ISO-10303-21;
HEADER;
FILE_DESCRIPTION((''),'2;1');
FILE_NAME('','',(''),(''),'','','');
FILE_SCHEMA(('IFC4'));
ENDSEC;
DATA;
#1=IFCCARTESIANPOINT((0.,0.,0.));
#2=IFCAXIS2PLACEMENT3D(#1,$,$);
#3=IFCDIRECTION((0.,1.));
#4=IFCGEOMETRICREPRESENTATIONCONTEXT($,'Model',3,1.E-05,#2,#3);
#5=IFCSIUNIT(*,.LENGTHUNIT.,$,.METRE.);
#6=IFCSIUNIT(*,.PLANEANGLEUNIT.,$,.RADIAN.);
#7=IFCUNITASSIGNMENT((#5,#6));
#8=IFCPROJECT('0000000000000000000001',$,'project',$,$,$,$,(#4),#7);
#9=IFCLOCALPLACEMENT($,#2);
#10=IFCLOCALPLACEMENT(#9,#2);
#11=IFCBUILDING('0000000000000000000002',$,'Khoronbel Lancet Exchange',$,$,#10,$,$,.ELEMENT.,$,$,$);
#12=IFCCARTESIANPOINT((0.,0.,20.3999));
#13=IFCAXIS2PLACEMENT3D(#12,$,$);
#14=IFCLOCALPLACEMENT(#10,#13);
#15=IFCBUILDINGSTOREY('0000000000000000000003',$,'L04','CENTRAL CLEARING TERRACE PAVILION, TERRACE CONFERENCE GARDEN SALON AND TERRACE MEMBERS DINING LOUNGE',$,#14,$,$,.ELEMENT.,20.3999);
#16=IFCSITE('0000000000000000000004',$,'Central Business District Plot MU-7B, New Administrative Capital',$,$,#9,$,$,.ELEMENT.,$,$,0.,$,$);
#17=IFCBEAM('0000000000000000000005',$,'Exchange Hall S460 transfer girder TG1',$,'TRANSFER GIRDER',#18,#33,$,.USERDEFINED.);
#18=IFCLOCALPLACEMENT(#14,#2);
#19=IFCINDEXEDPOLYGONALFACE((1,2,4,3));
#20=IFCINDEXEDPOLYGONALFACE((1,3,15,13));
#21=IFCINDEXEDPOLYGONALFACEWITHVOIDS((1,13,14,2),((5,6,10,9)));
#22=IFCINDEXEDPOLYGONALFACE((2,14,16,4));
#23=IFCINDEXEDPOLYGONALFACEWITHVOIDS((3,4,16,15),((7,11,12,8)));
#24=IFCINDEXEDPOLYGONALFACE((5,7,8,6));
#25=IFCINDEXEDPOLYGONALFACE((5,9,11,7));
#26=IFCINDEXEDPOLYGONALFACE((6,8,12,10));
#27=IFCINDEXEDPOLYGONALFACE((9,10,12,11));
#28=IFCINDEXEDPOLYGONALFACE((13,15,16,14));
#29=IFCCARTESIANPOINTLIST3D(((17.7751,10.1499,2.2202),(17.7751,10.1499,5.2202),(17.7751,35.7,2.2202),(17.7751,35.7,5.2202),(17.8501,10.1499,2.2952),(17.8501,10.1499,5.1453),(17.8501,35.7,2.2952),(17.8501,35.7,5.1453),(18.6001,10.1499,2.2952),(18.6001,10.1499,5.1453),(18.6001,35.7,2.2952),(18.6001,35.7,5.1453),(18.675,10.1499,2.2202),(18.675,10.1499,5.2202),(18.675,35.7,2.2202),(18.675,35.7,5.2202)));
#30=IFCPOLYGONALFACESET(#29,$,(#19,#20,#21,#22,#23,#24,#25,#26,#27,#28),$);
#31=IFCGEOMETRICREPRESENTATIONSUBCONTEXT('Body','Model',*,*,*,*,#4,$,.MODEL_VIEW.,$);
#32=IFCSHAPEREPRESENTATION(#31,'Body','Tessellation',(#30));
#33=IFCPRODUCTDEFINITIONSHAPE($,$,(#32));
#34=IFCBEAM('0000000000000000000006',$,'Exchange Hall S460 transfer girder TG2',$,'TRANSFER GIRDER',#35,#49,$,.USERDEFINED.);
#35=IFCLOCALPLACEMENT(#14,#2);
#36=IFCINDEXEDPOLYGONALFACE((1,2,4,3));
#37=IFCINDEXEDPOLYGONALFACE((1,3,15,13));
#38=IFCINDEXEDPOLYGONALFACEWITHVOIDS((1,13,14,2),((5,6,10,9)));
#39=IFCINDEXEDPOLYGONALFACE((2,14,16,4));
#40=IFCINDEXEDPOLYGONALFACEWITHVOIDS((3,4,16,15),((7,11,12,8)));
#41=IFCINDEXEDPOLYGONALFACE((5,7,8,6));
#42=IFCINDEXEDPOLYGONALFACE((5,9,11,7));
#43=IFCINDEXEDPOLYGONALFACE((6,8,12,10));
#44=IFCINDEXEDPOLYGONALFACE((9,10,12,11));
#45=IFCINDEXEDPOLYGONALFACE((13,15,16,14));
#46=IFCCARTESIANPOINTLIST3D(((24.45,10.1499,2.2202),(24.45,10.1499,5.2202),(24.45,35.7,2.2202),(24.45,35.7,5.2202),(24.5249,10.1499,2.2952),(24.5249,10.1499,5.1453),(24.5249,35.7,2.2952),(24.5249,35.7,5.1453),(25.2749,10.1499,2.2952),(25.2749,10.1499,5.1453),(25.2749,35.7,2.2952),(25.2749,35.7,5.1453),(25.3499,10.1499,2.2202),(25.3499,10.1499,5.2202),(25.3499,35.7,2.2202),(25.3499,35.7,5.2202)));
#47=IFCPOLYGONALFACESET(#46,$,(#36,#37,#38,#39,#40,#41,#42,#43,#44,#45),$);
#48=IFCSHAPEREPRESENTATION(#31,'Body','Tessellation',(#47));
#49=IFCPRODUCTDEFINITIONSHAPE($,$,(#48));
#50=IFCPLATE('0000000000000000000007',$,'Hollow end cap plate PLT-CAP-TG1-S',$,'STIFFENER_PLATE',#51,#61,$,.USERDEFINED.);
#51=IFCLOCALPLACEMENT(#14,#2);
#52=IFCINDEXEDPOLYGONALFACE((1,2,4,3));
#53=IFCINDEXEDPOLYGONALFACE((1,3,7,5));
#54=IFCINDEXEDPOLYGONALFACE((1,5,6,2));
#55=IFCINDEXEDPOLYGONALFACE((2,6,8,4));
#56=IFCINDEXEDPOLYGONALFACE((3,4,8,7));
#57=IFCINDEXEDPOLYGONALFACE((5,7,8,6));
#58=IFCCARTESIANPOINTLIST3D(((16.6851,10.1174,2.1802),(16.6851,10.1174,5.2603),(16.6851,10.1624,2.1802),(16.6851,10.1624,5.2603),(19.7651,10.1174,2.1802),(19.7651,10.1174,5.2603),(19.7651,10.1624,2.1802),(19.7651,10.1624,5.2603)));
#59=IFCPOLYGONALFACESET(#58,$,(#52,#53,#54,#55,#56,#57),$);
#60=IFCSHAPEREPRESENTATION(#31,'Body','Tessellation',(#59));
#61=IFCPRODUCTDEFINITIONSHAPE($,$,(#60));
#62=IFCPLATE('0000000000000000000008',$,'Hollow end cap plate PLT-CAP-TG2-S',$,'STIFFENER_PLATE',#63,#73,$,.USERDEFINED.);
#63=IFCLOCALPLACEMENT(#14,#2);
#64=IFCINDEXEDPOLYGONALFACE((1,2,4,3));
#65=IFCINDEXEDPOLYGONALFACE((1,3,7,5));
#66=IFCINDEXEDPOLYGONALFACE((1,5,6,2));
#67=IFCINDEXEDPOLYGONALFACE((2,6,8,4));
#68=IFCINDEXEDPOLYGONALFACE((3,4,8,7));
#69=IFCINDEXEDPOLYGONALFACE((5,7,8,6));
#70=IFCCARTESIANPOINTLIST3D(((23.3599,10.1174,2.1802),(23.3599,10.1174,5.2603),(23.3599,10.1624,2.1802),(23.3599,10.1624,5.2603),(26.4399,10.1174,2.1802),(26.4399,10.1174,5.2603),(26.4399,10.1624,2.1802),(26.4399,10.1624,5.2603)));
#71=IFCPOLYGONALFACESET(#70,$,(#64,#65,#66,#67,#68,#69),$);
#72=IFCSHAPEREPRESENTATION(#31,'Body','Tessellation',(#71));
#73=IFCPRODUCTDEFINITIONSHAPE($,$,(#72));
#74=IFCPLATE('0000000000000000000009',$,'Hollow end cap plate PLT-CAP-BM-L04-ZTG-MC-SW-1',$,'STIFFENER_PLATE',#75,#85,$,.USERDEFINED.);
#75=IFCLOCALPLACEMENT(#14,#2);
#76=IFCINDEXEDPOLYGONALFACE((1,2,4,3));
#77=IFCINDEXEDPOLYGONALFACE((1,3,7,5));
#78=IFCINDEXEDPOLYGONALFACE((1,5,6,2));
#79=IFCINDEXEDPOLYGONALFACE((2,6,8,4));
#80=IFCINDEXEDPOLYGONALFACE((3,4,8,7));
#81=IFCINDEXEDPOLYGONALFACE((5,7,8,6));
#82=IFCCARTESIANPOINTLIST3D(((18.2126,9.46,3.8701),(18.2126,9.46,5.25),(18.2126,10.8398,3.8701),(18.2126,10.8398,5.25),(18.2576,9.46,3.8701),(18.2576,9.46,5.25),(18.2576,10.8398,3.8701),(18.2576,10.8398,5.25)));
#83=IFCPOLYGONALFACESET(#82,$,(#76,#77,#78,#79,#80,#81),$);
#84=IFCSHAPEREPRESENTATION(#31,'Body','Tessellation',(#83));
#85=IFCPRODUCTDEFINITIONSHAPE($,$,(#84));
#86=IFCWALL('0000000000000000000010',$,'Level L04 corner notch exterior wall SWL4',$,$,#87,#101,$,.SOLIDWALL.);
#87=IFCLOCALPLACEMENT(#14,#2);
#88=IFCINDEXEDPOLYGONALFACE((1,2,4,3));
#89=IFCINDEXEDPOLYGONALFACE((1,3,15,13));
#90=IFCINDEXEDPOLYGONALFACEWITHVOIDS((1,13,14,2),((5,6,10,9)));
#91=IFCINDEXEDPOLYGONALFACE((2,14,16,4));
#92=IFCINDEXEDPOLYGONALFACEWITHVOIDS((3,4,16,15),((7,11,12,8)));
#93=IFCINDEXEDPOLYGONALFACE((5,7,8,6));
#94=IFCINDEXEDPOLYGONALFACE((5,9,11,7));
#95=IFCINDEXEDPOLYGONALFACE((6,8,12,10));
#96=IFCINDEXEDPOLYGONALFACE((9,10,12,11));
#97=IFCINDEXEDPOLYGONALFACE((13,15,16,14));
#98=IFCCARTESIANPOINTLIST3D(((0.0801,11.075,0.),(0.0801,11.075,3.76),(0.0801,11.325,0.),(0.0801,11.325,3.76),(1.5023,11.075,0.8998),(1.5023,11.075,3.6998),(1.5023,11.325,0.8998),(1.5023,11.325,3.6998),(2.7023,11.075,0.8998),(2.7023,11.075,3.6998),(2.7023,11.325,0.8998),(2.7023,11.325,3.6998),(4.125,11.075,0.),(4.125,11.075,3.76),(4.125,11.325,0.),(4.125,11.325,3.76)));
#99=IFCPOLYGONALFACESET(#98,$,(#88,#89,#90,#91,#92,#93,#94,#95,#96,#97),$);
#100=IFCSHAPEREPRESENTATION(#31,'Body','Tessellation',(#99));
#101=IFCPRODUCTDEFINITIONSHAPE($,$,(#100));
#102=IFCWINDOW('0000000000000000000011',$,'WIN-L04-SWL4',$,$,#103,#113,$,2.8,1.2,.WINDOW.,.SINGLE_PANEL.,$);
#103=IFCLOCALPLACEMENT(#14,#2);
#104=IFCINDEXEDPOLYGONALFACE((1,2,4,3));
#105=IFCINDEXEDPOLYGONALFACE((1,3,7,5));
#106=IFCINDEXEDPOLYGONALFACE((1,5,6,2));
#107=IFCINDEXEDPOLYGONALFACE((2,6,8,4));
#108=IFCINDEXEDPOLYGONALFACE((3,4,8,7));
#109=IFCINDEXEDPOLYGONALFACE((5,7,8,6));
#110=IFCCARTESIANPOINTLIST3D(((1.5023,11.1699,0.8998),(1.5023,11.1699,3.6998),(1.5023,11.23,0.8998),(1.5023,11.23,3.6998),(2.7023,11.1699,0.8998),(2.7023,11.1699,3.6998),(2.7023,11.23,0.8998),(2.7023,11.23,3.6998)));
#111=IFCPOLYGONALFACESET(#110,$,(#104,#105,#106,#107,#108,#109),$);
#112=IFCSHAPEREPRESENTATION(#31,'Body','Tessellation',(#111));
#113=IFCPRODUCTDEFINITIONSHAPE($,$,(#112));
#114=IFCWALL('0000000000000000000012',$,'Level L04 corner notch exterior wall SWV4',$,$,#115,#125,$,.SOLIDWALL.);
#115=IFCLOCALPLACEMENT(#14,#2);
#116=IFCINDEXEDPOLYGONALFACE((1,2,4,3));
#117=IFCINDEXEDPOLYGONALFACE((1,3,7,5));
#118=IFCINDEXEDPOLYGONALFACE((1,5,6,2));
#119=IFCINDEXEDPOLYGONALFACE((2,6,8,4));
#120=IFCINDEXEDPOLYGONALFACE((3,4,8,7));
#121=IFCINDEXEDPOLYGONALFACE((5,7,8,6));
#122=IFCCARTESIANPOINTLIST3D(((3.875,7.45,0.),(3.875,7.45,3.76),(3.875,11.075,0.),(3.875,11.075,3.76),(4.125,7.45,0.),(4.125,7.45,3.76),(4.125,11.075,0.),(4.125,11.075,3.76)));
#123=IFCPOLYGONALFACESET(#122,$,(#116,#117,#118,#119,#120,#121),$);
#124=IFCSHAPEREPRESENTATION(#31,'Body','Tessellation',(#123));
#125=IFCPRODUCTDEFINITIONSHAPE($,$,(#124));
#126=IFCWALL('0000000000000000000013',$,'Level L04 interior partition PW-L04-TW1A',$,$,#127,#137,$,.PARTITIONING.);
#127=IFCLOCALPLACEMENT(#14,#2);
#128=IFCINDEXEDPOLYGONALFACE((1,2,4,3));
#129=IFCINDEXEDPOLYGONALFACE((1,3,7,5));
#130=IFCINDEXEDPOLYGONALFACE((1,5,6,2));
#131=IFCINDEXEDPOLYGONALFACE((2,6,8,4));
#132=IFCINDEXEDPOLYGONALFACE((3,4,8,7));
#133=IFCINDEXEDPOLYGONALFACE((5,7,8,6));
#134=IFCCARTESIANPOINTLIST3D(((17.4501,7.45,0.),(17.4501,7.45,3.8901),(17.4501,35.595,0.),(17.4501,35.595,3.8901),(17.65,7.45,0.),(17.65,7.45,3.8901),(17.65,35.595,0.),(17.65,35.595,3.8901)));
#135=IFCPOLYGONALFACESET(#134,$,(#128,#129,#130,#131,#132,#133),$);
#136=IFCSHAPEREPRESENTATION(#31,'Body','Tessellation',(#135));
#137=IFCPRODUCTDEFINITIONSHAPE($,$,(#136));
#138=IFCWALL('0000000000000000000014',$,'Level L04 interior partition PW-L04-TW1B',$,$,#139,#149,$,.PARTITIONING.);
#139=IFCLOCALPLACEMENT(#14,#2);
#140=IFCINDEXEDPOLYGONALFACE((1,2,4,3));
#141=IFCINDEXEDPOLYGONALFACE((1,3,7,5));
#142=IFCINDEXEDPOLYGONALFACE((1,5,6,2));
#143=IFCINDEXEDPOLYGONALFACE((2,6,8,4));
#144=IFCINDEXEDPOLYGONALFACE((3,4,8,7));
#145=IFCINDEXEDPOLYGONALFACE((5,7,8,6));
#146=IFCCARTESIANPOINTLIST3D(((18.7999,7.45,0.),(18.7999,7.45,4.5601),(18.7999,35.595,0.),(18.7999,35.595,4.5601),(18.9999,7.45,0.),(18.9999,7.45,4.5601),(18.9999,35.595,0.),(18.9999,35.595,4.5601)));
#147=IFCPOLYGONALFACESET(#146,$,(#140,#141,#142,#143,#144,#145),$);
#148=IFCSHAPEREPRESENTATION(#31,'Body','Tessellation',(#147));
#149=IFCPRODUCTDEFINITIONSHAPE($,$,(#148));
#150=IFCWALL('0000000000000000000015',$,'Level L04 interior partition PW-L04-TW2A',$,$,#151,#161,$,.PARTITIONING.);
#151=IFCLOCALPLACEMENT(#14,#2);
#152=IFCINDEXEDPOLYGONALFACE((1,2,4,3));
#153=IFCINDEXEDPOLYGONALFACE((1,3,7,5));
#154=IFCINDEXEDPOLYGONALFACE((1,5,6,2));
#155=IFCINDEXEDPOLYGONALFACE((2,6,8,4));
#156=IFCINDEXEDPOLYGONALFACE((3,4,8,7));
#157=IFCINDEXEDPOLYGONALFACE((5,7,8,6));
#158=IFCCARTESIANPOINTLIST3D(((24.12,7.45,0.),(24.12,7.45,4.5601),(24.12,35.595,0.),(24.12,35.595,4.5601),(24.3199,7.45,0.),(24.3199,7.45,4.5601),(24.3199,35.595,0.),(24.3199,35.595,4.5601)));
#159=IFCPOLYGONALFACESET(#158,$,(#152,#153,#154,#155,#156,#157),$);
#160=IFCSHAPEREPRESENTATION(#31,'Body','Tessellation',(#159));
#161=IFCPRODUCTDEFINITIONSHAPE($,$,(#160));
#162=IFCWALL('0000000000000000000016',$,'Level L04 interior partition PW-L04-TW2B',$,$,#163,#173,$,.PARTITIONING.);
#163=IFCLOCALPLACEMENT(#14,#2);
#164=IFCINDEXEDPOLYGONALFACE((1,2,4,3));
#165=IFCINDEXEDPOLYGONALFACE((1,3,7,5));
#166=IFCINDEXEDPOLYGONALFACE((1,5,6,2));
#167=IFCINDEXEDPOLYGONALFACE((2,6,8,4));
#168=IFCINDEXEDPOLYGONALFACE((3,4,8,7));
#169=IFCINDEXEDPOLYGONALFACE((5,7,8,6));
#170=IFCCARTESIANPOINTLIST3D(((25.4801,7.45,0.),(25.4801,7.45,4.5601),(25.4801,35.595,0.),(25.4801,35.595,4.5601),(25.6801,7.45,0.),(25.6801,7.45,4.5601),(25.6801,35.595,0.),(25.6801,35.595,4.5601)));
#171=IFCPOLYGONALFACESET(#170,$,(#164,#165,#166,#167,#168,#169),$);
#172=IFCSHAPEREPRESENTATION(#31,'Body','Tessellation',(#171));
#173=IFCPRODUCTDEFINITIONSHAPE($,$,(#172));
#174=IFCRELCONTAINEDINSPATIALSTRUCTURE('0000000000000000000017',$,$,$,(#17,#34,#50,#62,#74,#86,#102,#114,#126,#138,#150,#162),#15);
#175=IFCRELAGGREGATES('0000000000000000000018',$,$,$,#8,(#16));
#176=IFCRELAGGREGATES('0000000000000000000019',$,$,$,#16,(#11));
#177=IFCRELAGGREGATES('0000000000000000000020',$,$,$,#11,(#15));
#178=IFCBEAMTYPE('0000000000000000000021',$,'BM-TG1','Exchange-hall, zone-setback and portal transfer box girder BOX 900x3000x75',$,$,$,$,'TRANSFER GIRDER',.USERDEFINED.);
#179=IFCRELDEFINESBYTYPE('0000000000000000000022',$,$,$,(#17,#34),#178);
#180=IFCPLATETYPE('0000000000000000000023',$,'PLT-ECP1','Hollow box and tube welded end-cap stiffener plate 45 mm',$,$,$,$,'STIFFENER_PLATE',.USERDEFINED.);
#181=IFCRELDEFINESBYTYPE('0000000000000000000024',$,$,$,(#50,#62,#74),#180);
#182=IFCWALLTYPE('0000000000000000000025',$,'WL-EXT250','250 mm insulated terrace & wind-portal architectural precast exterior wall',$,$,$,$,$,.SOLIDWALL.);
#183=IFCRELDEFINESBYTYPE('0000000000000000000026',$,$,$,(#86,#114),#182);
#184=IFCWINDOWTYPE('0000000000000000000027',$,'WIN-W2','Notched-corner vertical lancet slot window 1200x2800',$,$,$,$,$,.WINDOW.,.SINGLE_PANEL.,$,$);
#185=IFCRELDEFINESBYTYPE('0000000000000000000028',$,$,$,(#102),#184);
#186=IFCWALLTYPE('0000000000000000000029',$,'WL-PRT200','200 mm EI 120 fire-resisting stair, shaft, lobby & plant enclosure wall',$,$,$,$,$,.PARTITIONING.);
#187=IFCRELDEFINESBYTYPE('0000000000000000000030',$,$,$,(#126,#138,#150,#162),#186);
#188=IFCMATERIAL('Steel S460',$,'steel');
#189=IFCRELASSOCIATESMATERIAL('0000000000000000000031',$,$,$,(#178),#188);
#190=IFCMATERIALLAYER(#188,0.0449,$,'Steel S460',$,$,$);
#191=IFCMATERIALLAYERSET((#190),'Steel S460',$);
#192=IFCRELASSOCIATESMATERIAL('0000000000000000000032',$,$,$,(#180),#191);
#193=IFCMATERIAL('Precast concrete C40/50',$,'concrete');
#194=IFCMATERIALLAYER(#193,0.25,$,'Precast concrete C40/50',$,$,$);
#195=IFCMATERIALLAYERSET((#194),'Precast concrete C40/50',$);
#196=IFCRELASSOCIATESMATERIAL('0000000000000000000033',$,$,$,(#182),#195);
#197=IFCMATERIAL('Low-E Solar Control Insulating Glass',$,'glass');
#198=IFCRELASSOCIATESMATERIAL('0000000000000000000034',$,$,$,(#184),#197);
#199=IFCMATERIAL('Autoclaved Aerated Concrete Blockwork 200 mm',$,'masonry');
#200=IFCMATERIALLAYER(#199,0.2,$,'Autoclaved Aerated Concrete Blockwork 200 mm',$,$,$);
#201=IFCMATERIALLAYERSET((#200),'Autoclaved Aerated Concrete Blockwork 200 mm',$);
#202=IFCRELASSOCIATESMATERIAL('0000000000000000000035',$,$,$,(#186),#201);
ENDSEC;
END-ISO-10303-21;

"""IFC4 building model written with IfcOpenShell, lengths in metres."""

from ifc_helpers import new_model, si_unit, direction, frame, frame_2d, origin, origin_2d, place, context, subcontext, project, spatial, rectangle, hollow_rectangle, extrude, material, layer, layer_set, material_profile, profile_set, type_object, element, fill, save


model = new_model("IFC4")

# Units and contexts
model_context = context("Model", 3, precision=1e-05, world=origin(), true_north=direction((0.0, 1.0)))
body_context = subcontext(model_context, "Body", "Model", "MODEL_VIEW")
ifc_project = project(units=[si_unit("LENGTHUNIT", "METRE"), si_unit("PLANEANGLEUNIT", "RADIAN")], contexts=[model_context])

# Site, building, storey
site_placement = place(None, origin())
site = spatial("IfcSite", under=ifc_project, at=site_placement, Name="Central Business District Plot MU-7B, New Administrative Capital", CompositionType="ELEMENT", RefElevation=0.0)
building_placement = place(site_placement, origin())
building = spatial("IfcBuilding", under=site, at=building_placement, Name="Khoronbel Lancet Exchange", CompositionType="ELEMENT")
storey_placement = place(building_placement, frame((0.0, 0.0, 20.3999)))
storey = spatial("IfcBuildingStorey", under=building, at=storey_placement, Name="L04", Description="CENTRAL CLEARING TERRACE PAVILION, TERRACE CONFERENCE GARDEN SALON AND TERRACE MEMBERS DINING LOUNGE", CompositionType="ELEMENT", Elevation=20.3999)

# Shared definitions
ifc_material_1 = material(Name="Steel S460", Category="steel")

# Beams
ifc_material_profile_1 = material_profile(ifc_material_1, hollow_rectangle(XDim=0.8999, YDim=3.0, WallThickness=0.075, at=origin_2d()), Name="BOX 900x3000x75")
ifc_profile_set_1 = profile_set([ifc_material_profile_1], Name="Steel S460")
beam_type_1 = type_object("IfcBeamType", Name="BM-TG1", Description="Exchange-hall, zone-setback and portal transfer box girder BOX 900x3000x75", ElementType="TRANSFER GIRDER", PredefinedType="USERDEFINED", material=ifc_profile_set_1)
for number, where, z_axis, x_axis, name in (
    (1, (18.2251, 10.1499, 3.7202), (0.0, 1.0, 0.0), (-1.0, 0.0, 0.0), "Exchange Hall S460 transfer girder TG1"),
    (2, (24.8999, 10.1499, 3.7202), (0.0, 1.0, 0.0), (-1.0, 0.0, 0.0), "Exchange Hall S460 transfer girder TG2"),
):
    element("IfcBeam", number, at=place(storey_placement, frame(where, z_axis=z_axis, x_axis=x_axis)), inside=storey, type_object=beam_type_1, Name=name, ObjectType="TRANSFER GIRDER", PredefinedType="USERDEFINED", context=body_context, shape_type="SweptSolid", body=[
        extrude(hollow_rectangle(XDim=0.8999, YDim=3.0, WallThickness=0.075, at=origin_2d()), origin(), (0.0, 0.0, 1.0), 25.55),
    ])

# Plates
ifc_layer_1 = layer(ifc_material_1, 0.0449, Name="Steel S460")
ifc_layer_set_1 = layer_set([ifc_layer_1], Name="Steel S460")
plate_type = type_object("IfcPlateType", Name="PLT-ECP1", Description="Hollow box and tube welded end-cap stiffener plate 45 mm", ElementType="STIFFENER_PLATE", PredefinedType="USERDEFINED", material=ifc_layer_set_1)
for number, where, z_axis, x_axis, name in (
    (3, (18.2251, 10.1399, 2.1802), (0.0, 0.0, 1.0), (0.0, -1.0, 0.0), "Hollow end cap plate PLT-CAP-TG1-S"),
    (4, (24.8999, 10.1399, 2.1802), (0.0, 0.0, 1.0), (0.0, -1.0, 0.0), "Hollow end cap plate PLT-CAP-TG2-S"),
):
    element("IfcPlate", number, at=place(storey_placement, frame(where, z_axis=z_axis, x_axis=x_axis)), inside=storey, type_object=plate_type, Name=name, ObjectType="STIFFENER_PLATE", PredefinedType="USERDEFINED", context=body_context, shape_type="SweptSolid", body=[
        extrude(rectangle(XDim=0.0449, YDim=3.0801, at=origin_2d()), origin(), (0.0, 0.0, 1.0), 3.0801),
    ])
plate_placement = place(storey_placement, frame((18.2351, 10.1499, 3.8701), z_axis=(0.0, 0.0, 1.0), x_axis=(1.0, 0.0, 0.0)))
element("IfcPlate", 5, at=plate_placement, inside=storey, type_object=plate_type, Name="Hollow end cap plate PLT-CAP-BM-L04-ZTG-MC-SW-1", ObjectType="STIFFENER_PLATE", PredefinedType="USERDEFINED", context=body_context, shape_type="SweptSolid", body=[
    extrude(rectangle(XDim=0.0449, YDim=1.3799, at=origin_2d()), origin(), (0.0, 0.0, 1.0), 1.3799),
])

# Wall, opening, window
ifc_material_2 = material(Name="Precast concrete C40/50", Category="concrete")
ifc_layer_2 = layer(ifc_material_2, 0.25, Name="Precast concrete C40/50")
ifc_layer_set_2 = layer_set([ifc_layer_2], Name="Precast concrete C40/50")
wall_type_1 = type_object("IfcWallType", Name="WL-EXT250", Description="250 mm insulated terrace & wind-portal architectural precast exterior wall", PredefinedType="SOLIDWALL", material=ifc_layer_set_2)
wall_1_placement = place(storey_placement, frame((4.125, 11.2, 0.0), z_axis=(0.0, 0.0, 1.0), x_axis=(-1.0, 0.0, 0.0)))
wall_1 = element("IfcWall", 6, at=wall_1_placement, inside=storey, type_object=wall_type_1, Name="Level L04 corner notch exterior wall SWL4", PredefinedType="SOLIDWALL", context=body_context, shape_type="SweptSolid", body=[
    extrude(rectangle(XDim=4.0449, YDim=0.25, at=frame_2d((2.0225, 0.0))), origin(), (0.0, 0.0, 1.0), 3.76),
])
opening_placement = place(wall_1_placement, frame((1.4226, 0.0, 0.8999)))
opening = element("IfcOpeningElement", 7, at=opening_placement, cuts=wall_1, PredefinedType="OPENING", context=body_context, shape_type="SweptSolid", body=[
    extrude(rectangle(XDim=1.2, YDim=2.8, at=frame_2d((0.6001, 1.3999))), frame((0.0, 0.135, 0.0), z_axis=(0.0, -1.0, 0.0), x_axis=(1.0, 0.0, 0.0)), (0.0, 0.0, 1.0), 0.27),
])
ifc_material_3 = material(Name="Low-E Solar Control Insulating Glass", Category="glass")
window_type = type_object("IfcWindowType", Name="WIN-W2", Description="Notched-corner vertical lancet slot window 1200x2800", PartitioningType="SINGLE_PANEL", PredefinedType="WINDOW", material=ifc_material_3)
window_placement = place(opening_placement, origin())
window = element("IfcWindow", 8, at=window_placement, inside=storey, type_object=window_type, Name="WIN-L04-SWL4", OverallHeight=2.8, OverallWidth=1.2, PartitioningType="SINGLE_PANEL", PredefinedType="WINDOW", context=body_context, shape_type="SweptSolid", body=[
    extrude(rectangle(XDim=1.2, YDim=2.8, at=frame_2d((0.6001, 1.3999))), frame((0.0, 0.03, 0.0), z_axis=(0.0, -1.0, 0.0), x_axis=(1.0, 0.0, 0.0)), (0.0, 0.0, 1.0), 0.0601),
])
fill(opening, window)

# Walls
wall_2_placement = place(storey_placement, frame((4.0, 7.45, 0.0), z_axis=(0.0, 0.0, 1.0), x_axis=(0.0, 1.0, 0.0)))
element("IfcWall", 9, at=wall_2_placement, inside=storey, type_object=wall_type_1, Name="Level L04 corner notch exterior wall SWV4", PredefinedType="SOLIDWALL", context=body_context, shape_type="SweptSolid", body=[
    extrude(rectangle(XDim=3.625, YDim=0.25, at=frame_2d((1.8125, 0.0))), origin(), (0.0, 0.0, 1.0), 3.76),
])
ifc_material_4 = material(Name="Autoclaved Aerated Concrete Blockwork 200 mm", Category="masonry")
ifc_layer_3 = layer(ifc_material_4, 0.2, Name="Autoclaved Aerated Concrete Blockwork 200 mm")
ifc_layer_set_3 = layer_set([ifc_layer_3], Name="Autoclaved Aerated Concrete Blockwork 200 mm")
wall_type_2 = type_object("IfcWallType", Name="WL-PRT200", Description="200 mm EI 120 fire-resisting stair, shaft, lobby & plant enclosure wall", PredefinedType="PARTITIONING", material=ifc_layer_set_3)
wall_3_placement = place(storey_placement, frame((17.55, 7.45, 0.0), z_axis=(0.0, 0.0, 1.0), x_axis=(0.0, 1.0, 0.0)))
element("IfcWall", 10, at=wall_3_placement, inside=storey, type_object=wall_type_2, Name="Level L04 interior partition PW-L04-TW1A", PredefinedType="PARTITIONING", context=body_context, shape_type="SweptSolid", body=[
    extrude(rectangle(XDim=28.145, YDim=0.2, at=frame_2d((14.0725, 0.0))), origin(), (0.0, 0.0, 1.0), 3.8901),
])
for number, where, z_axis, x_axis, name in (
    (11, (18.8999, 7.45, 0.0), (0.0, 0.0, 1.0), (0.0, 1.0, 0.0), "Level L04 interior partition PW-L04-TW1B"),
    (12, (24.22, 7.45, 0.0), (0.0, 0.0, 1.0), (0.0, 1.0, 0.0), "Level L04 interior partition PW-L04-TW2A"),
    (13, (25.5801, 7.45, 0.0), (0.0, 0.0, 1.0), (0.0, 1.0, 0.0), "Level L04 interior partition PW-L04-TW2B"),
):
    element("IfcWall", number, at=place(storey_placement, frame(where, z_axis=z_axis, x_axis=x_axis)), inside=storey, type_object=wall_type_2, Name=name, PredefinedType="PARTITIONING", context=body_context, shape_type="SweptSolid", body=[
        extrude(rectangle(XDim=28.145, YDim=0.2, at=frame_2d((14.0725, 0.0))), origin(), (0.0, 0.0, 1.0), 4.5601),
    ])

save(model, "model.ifc")
